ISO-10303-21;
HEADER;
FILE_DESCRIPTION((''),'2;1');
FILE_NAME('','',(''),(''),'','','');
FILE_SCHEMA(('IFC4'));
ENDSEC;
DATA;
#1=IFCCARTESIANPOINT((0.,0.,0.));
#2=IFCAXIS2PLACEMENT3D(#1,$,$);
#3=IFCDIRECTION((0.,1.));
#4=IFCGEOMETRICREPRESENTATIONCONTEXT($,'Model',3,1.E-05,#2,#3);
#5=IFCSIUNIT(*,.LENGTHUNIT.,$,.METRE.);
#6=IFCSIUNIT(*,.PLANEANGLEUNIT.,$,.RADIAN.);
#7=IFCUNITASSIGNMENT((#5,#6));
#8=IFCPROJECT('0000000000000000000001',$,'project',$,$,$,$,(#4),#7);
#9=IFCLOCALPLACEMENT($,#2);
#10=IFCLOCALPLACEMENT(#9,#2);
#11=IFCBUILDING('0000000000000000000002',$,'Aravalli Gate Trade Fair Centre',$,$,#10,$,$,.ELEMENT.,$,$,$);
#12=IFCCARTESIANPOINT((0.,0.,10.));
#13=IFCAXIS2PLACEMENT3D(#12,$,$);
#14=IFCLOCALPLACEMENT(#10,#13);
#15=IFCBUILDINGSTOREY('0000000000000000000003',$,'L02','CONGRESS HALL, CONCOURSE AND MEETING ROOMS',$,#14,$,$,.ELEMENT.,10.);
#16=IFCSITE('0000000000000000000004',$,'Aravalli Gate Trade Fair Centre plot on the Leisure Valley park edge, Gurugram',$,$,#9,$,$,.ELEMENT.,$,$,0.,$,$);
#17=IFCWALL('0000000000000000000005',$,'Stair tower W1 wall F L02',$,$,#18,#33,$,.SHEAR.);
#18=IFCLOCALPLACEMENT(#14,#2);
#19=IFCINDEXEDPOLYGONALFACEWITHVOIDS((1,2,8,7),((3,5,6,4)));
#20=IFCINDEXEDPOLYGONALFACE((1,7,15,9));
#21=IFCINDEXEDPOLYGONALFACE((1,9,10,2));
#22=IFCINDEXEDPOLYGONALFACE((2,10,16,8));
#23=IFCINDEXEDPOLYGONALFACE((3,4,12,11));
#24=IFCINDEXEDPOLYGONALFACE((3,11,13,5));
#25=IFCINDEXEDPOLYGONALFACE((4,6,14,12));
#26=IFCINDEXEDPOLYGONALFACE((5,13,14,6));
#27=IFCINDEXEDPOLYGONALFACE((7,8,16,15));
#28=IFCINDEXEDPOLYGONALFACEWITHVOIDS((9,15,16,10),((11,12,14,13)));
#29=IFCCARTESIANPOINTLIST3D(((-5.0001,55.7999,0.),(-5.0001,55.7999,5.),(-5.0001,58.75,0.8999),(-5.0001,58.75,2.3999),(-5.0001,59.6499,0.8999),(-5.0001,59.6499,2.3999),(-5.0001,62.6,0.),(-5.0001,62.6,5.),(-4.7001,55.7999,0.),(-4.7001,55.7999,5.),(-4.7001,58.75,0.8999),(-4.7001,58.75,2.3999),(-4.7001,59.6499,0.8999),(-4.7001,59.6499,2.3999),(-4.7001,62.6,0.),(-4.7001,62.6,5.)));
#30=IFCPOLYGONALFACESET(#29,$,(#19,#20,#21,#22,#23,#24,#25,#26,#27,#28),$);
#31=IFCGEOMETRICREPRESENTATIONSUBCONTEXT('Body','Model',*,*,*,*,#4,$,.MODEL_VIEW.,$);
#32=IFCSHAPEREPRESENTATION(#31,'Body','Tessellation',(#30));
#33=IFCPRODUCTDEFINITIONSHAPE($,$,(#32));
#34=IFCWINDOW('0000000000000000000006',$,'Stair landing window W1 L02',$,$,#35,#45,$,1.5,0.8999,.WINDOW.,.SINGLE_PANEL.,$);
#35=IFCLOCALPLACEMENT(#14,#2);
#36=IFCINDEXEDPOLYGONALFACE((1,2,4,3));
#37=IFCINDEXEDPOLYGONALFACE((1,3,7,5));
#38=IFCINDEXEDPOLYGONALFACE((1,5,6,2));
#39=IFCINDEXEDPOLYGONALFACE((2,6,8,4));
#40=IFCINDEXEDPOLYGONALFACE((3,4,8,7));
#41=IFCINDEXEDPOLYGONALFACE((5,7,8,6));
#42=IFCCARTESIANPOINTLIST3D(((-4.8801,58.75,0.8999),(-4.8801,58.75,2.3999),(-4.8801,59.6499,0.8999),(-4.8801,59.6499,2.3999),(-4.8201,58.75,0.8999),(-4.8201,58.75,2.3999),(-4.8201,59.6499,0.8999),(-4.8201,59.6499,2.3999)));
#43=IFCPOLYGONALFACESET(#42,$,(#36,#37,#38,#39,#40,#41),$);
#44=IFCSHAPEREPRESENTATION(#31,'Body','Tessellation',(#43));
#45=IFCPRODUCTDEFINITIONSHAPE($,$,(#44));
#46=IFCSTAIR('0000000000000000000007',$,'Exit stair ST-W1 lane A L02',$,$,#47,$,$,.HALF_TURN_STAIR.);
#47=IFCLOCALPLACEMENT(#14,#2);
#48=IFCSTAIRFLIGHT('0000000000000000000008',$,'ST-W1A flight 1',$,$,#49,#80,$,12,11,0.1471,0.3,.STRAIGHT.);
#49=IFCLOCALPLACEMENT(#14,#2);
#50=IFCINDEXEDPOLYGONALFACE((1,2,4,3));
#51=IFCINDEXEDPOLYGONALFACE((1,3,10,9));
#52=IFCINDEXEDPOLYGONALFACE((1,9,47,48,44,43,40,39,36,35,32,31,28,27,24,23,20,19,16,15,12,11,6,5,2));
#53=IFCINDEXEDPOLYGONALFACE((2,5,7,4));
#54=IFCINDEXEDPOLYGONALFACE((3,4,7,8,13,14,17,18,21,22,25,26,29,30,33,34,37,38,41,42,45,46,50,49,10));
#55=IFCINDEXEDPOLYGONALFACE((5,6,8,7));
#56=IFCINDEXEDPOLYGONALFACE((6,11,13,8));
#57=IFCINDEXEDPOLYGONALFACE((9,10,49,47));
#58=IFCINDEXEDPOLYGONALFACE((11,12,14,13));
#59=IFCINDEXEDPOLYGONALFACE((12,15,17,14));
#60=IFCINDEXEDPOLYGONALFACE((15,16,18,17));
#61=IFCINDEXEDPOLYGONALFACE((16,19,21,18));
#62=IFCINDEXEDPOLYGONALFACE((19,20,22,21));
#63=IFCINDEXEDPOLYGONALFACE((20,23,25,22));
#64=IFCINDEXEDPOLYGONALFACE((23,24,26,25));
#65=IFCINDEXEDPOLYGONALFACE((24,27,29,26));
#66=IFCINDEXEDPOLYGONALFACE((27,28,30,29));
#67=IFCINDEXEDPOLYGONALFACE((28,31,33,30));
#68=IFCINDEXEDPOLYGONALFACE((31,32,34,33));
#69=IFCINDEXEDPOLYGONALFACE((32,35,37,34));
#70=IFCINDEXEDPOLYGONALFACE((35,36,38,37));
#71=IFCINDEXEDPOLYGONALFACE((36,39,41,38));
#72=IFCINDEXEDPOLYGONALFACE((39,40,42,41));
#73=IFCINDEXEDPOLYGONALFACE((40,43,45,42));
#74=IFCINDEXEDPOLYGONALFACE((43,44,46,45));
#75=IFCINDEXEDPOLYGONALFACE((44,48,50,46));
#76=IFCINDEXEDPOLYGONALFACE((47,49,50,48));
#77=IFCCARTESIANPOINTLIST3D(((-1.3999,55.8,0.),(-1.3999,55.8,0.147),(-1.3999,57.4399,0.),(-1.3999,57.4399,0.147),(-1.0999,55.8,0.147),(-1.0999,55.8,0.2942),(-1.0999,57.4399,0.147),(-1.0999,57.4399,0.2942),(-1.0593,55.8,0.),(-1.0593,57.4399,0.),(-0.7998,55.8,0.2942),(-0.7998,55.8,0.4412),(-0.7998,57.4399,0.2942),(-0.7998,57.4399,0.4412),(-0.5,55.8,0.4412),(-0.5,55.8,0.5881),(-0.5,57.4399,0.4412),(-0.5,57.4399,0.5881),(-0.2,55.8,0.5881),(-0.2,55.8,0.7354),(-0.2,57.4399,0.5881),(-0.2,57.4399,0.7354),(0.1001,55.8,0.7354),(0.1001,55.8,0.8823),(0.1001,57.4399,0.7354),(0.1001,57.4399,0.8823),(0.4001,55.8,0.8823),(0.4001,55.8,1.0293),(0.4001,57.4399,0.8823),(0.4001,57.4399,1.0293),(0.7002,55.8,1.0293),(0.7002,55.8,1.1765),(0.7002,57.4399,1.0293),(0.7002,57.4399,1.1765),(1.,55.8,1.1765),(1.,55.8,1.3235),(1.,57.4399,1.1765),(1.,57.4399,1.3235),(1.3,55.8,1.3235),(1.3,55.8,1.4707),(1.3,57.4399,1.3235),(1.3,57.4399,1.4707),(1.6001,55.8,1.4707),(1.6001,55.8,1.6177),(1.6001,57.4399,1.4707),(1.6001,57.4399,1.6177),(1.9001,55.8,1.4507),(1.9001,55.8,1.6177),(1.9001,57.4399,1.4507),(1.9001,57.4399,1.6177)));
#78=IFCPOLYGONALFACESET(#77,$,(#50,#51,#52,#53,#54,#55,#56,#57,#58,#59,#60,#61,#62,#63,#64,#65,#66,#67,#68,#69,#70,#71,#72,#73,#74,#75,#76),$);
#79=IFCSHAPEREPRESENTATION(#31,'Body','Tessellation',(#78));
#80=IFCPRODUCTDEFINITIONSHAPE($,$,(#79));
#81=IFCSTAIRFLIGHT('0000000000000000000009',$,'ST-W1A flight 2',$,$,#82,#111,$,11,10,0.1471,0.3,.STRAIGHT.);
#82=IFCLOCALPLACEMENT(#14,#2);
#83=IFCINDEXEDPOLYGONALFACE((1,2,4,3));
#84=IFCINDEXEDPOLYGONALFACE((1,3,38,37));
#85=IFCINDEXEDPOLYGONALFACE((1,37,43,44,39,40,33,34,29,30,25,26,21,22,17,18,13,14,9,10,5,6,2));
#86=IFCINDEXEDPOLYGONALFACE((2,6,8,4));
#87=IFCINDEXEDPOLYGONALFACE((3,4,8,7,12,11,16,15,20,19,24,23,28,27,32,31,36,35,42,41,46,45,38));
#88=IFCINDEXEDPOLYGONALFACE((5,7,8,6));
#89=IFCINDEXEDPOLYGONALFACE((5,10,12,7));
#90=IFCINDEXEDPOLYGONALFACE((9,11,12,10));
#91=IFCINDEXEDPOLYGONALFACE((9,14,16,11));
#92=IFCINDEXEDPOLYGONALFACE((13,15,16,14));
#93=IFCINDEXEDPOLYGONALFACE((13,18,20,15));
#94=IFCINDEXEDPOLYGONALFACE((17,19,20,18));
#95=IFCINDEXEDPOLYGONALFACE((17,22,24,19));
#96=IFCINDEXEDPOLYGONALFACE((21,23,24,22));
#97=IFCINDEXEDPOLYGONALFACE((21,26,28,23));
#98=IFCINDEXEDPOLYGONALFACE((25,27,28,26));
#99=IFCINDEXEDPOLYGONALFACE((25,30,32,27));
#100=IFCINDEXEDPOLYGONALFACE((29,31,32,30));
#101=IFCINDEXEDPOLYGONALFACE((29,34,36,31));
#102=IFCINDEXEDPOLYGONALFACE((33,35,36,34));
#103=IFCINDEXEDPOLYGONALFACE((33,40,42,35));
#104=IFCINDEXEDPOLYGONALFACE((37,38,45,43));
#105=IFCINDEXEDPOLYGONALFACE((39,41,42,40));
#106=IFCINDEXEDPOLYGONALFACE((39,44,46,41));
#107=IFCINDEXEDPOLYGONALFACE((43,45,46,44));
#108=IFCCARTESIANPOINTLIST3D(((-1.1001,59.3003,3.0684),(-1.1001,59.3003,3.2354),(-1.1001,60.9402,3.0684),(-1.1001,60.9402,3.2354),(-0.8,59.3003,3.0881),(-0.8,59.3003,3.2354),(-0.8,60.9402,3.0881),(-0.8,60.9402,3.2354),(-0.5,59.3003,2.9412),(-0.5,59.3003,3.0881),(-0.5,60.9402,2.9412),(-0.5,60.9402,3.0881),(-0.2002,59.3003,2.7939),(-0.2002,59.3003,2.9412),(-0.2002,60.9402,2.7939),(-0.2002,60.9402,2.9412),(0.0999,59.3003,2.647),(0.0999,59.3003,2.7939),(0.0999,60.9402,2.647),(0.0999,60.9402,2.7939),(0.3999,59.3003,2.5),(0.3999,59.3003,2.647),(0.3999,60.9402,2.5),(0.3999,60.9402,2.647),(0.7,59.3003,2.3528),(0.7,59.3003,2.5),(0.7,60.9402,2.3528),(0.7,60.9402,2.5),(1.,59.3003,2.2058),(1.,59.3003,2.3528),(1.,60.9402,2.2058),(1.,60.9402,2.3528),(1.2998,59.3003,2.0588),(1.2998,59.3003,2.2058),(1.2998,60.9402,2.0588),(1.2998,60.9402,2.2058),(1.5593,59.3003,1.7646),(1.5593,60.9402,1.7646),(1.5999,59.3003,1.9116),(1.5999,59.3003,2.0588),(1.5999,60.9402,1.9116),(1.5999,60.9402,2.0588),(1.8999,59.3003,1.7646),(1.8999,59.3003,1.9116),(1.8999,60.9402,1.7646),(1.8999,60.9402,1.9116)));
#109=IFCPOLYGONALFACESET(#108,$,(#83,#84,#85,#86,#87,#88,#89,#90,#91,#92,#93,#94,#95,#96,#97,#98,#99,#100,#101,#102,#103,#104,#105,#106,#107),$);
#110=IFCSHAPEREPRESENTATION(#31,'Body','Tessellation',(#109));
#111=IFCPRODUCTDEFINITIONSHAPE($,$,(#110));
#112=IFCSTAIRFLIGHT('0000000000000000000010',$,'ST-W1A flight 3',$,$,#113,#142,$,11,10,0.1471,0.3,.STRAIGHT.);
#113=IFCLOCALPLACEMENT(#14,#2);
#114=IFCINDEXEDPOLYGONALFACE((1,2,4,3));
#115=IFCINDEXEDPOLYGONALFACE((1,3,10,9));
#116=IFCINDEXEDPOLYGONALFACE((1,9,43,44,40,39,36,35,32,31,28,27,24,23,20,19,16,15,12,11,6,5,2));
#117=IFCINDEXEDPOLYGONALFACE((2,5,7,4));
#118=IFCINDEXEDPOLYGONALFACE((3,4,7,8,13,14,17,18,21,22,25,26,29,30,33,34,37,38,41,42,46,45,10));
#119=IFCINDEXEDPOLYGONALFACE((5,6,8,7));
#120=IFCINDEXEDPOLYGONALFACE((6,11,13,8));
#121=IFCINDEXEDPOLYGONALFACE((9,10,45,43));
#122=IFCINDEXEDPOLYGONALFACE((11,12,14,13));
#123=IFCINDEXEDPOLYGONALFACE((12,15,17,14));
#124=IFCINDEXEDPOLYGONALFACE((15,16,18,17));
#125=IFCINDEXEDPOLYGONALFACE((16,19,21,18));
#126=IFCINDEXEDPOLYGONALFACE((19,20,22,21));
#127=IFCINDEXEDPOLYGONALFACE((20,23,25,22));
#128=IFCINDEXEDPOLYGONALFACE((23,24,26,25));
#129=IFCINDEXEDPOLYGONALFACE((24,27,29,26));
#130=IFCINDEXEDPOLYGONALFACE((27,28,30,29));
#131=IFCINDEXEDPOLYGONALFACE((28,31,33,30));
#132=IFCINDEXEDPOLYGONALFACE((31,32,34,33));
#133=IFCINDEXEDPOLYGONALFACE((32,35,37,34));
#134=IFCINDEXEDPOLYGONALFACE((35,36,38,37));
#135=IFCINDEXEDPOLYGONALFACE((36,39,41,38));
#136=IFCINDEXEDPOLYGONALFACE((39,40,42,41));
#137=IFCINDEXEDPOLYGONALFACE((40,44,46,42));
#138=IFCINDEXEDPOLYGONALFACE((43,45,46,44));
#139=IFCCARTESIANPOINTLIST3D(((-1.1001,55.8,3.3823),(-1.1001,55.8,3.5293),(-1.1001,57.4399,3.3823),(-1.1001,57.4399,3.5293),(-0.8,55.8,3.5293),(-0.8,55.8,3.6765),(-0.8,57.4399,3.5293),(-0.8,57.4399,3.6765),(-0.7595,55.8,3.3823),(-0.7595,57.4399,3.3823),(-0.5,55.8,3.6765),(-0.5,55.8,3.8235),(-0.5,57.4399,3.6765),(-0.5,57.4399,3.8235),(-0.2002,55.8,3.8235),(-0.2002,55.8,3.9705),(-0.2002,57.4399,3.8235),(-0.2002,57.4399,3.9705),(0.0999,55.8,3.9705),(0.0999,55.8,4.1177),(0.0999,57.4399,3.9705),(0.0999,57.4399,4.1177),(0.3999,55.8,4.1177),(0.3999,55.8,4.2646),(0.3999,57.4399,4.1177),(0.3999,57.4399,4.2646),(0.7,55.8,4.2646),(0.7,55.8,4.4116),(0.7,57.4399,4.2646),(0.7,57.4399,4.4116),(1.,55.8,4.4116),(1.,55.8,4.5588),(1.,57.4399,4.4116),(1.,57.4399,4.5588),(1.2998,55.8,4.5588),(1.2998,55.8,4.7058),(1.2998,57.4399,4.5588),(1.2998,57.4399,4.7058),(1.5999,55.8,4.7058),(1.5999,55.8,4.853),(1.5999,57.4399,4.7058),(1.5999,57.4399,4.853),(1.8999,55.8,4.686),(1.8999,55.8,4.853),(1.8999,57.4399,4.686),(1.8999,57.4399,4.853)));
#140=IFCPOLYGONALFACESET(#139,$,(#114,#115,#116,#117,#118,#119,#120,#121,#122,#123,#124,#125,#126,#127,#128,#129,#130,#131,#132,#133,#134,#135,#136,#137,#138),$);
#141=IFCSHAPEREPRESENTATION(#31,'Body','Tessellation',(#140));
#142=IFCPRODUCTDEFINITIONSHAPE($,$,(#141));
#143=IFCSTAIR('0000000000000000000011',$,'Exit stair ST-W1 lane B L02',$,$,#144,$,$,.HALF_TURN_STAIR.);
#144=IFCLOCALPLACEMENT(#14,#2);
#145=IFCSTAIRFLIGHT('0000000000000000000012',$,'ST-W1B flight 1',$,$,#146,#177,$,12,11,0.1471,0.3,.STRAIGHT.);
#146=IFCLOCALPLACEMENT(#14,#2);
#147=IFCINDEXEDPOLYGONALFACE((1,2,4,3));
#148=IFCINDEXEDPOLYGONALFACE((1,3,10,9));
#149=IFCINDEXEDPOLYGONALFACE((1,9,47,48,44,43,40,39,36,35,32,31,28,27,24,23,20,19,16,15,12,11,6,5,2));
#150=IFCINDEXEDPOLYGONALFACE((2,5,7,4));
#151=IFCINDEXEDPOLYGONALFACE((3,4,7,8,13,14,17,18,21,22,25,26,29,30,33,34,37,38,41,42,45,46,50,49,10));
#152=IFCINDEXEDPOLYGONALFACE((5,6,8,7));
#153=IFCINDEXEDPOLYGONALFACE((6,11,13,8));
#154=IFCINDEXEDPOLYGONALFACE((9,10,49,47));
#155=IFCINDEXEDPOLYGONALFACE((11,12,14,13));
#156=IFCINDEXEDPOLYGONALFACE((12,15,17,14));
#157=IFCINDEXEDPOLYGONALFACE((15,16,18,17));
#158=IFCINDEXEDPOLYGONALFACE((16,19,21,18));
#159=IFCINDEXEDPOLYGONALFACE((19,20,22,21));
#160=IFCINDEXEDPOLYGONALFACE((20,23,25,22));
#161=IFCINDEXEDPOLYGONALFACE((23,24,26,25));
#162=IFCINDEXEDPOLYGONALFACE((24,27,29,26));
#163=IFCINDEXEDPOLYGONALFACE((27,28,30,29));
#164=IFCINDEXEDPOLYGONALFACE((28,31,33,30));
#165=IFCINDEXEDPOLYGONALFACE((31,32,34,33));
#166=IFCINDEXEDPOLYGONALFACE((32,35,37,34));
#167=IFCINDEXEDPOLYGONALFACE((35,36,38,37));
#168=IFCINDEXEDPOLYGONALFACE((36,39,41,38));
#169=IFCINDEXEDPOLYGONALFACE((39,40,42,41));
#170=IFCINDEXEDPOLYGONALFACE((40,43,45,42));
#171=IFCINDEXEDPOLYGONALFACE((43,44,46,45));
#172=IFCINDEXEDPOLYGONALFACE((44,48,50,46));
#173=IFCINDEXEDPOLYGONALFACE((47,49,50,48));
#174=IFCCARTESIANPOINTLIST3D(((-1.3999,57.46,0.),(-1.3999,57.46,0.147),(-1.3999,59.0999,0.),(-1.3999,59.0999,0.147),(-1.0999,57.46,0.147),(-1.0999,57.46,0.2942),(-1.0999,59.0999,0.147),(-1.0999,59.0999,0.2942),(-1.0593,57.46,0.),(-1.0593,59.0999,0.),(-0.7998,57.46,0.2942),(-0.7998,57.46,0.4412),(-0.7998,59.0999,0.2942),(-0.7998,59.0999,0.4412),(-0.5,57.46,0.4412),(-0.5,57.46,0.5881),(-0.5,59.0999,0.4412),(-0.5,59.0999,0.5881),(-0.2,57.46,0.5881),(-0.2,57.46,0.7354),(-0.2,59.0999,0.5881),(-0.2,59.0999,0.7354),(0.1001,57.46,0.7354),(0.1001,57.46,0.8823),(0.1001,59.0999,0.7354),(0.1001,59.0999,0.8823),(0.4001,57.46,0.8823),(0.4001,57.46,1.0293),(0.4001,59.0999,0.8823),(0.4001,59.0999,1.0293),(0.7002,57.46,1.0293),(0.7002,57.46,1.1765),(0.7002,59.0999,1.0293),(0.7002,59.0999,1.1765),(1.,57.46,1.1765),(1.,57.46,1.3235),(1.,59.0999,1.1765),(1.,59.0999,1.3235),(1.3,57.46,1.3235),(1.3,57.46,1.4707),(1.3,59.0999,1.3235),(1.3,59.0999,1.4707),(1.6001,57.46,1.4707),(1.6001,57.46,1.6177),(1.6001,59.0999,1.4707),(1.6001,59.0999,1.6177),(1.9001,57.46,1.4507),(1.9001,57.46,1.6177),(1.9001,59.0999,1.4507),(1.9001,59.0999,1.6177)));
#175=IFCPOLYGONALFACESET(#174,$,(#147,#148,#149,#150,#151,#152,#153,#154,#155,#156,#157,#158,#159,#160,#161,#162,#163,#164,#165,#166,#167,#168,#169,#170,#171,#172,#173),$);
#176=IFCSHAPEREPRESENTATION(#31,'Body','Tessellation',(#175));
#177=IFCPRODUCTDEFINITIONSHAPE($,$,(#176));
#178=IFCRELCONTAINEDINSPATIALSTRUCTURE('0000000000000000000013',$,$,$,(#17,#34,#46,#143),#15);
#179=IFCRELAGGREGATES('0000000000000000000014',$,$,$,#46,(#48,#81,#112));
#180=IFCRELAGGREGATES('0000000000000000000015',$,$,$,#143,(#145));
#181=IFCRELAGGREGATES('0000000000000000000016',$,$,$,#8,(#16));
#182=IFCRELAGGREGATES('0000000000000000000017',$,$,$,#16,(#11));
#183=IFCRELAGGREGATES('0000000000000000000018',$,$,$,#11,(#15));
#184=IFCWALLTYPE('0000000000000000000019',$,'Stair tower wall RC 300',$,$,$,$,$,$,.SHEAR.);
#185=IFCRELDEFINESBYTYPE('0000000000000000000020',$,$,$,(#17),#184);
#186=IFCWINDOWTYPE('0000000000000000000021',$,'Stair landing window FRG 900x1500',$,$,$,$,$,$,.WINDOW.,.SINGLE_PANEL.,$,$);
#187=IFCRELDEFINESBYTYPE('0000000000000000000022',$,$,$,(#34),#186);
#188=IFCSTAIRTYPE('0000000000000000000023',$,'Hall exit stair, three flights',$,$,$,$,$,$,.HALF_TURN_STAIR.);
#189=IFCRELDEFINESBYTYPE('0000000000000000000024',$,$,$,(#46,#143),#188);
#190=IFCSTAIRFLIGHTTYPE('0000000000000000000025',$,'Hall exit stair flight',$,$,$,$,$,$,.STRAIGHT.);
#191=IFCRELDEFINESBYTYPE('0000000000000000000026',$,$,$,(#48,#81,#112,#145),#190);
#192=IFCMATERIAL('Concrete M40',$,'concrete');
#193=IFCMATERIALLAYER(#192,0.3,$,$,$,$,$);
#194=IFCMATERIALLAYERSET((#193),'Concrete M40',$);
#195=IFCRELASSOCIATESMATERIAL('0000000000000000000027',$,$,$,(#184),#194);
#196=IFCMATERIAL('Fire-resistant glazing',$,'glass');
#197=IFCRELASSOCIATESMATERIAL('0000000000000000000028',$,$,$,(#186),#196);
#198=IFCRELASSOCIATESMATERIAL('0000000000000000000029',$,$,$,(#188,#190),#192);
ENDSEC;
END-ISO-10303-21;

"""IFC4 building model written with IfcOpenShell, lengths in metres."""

from ifc_helpers import new_model, si_unit, direction, frame, frame_2d, origin, place, context, subcontext, project, spatial, polyline, rectangle, outline, extrude, material, layer, layer_set, type_object, element, fill, aggregate, save


model = new_model("IFC4")

# Units and contexts
model_context = context("Model", 3, precision=1e-05, world=origin(), true_north=direction((0.0, 1.0)))
body_context = subcontext(model_context, "Body", "Model", "MODEL_VIEW")
ifc_project = project(units=[si_unit("LENGTHUNIT", "METRE"), si_unit("PLANEANGLEUNIT", "RADIAN")], contexts=[model_context])

# Site, building, storey
site_placement = place(None, origin())
site = spatial("IfcSite", under=ifc_project, at=site_placement, Name="Aravalli Gate Trade Fair Centre plot on the Leisure Valley park edge, Gurugram", CompositionType="ELEMENT", RefElevation=0.0)
building_placement = place(site_placement, origin())
building = spatial("IfcBuilding", under=site, at=building_placement, Name="Aravalli Gate Trade Fair Centre", CompositionType="ELEMENT")
storey_placement = place(building_placement, frame((0.0, 0.0, 10.0)))
storey = spatial("IfcBuildingStorey", under=building, at=storey_placement, Name="L02", Description="CONGRESS HALL, CONCOURSE AND MEETING ROOMS", CompositionType="ELEMENT", Elevation=10.0)

# Shared definitions
ifc_material_1 = material(Name="Concrete M40", Category="concrete")

# Shared definitions
ifc_layer_1 = layer(ifc_material_1, 0.3)
ifc_layer_set_1 = layer_set([ifc_layer_1], Name="Concrete M40")
wall_type_1 = type_object("IfcWallType", Name="Stair tower wall RC 300", PredefinedType="SHEAR", material=ifc_layer_set_1)

# Wall, opening, window
wall_1_placement = place(storey_placement, frame((-4.8501, 55.8, 0.0), z_axis=(0.0, 0.0, 1.0), x_axis=(0.0, 1.0, 0.0)))
wall_1 = element("IfcWall", 1, at=wall_1_placement, inside=storey, type_object=wall_type_1, Name="Stair tower W1 wall F L02", PredefinedType="SHEAR", context=body_context, shape_type="SweptSolid", body=[
    extrude(rectangle(XDim=6.8, YDim=0.3, at=frame_2d((3.3999, 0.0))), origin(), (0.0, 0.0, 1.0), 5.0),
])
opening_1_placement = place(wall_1_placement, frame((2.95, 0.0, 0.8999)))
opening_1 = element("IfcOpeningElement", 2, at=opening_1_placement, cuts=wall_1, PredefinedType="OPENING", context=body_context, shape_type="SweptSolid", body=[
    extrude(rectangle(XDim=0.8999, YDim=1.5, at=frame_2d((0.45, 0.75))), frame((0.0, 0.1599, 0.0), z_axis=(0.0, -1.0, 0.0), x_axis=(1.0, 0.0, 0.0)), (0.0, 0.0, 1.0), 0.3201),
])
ifc_material_2 = material(Name="Fire-resistant glazing", Category="glass")
window_type = type_object("IfcWindowType", Name="Stair landing window FRG 900x1500", PartitioningType="SINGLE_PANEL", PredefinedType="WINDOW", material=ifc_material_2)
window_placement = place(opening_1_placement, origin())
window = element("IfcWindow", 3, at=window_placement, inside=storey, type_object=window_type, Name="Stair landing window W1 L02", OverallHeight=1.5, OverallWidth=0.8999, PartitioningType="SINGLE_PANEL", PredefinedType="WINDOW", context=body_context, shape_type="SweptSolid", body=[
    extrude(rectangle(XDim=0.8999, YDim=1.5, at=frame_2d((0.45, 0.75))), frame((0.0, 0.03, 0.0), z_axis=(0.0, -1.0, 0.0), x_axis=(1.0, 0.0, 0.0)), (0.0, 0.0, 1.0), 0.0601),
])
fill(opening_1, window)

# Stairs, stair flights
stair_type = type_object("IfcStairType", Name="Hall exit stair, three flights", PredefinedType="HALF_TURN_STAIR", material=ifc_material_1)
stair_1_placement = place(storey_placement, origin())
stair_1 = element("IfcStair", 4, at=stair_1_placement, inside=storey, type_object=stair_type, Name="Exit stair ST-W1 lane A L02", PredefinedType="HALF_TURN_STAIR")
stair_flight_type = type_object("IfcStairFlightType", Name="Hall exit stair flight", PredefinedType="STRAIGHT", material=ifc_material_1)
stair_flight_1_placement = place(storey_placement, frame((-1.3999, 56.6201, 0.0), z_axis=(0.0, 0.0, 1.0), x_axis=(1.0, 0.0, 0.0)))
stair_flight_1 = element("IfcStairFlight", 5, at=stair_flight_1_placement, type_object=stair_flight_type, Name="ST-W1A flight 1", NumberOfRisers=12, NumberOfTreads=11, PredefinedType="STRAIGHT", RiserHeight=0.1471, TreadLength=0.3, context=body_context, shape_type="SweptSolid", body=[
    extrude(outline(polyline([(0.0, 0.0), (0.0, 0.147), (0.3, 0.147), (0.3, 0.2942), (0.6001, 0.2942), (0.6001, 0.4412), (0.8999, 0.4412), (0.8999, 0.5881), (1.2, 0.5881), (1.2, 0.7354), (1.5, 0.7354), (1.5, 0.8823), (1.8, 0.8823), (1.8, 1.0293), (2.1001, 1.0293), (2.1001, 1.1765), (2.3999, 1.1765), (2.3999, 1.3235), (2.7, 1.3235), (2.7, 1.4707), (3.0, 1.4707), (3.0, 1.6177), (3.3, 1.6177), (3.3, 1.7646), (3.3, 1.4507), (0.3406, 0.0), (0.0, 0.0)])), frame((0.0, 0.8198, 0.0), z_axis=(0.0, -1.0, 0.0), x_axis=(1.0, 0.0, 0.0)), (0.0, 0.0, 1.0), 1.6399),
])
stair_flight_2_placement = place(storey_placement, frame((1.8999, 60.1201, 1.7646), z_axis=(0.0, 0.0, 1.0), x_axis=(-1.0, 0.0, 0.0)))
stair_flight_2 = element("IfcStairFlight", 6, at=stair_flight_2_placement, type_object=stair_flight_type, Name="ST-W1A flight 2", NumberOfRisers=11, NumberOfTreads=10, PredefinedType="STRAIGHT", RiserHeight=0.1471, TreadLength=0.3, context=body_context, shape_type="SweptSolid", body=[
    extrude(outline(polyline([(0.0, 0.0), (0.0, 0.147), (0.3, 0.147), (0.3, 0.2942), (0.6001, 0.2942), (0.6001, 0.4412), (0.8999, 0.4412), (0.8999, 0.5881), (1.2, 0.5881), (1.2, 0.7354), (1.5, 0.7354), (1.5, 0.8823), (1.8, 0.8823), (1.8, 1.0293), (2.1001, 1.0293), (2.1001, 1.1765), (2.3999, 1.1765), (2.3999, 1.3235), (2.7, 1.3235), (2.7, 1.4707), (3.0, 1.4707), (3.0, 1.6177), (3.0, 1.3037), (0.3406, 0.0), (0.0, 0.0)])), frame((0.0, 0.8198, 0.0), z_axis=(0.0, -1.0, 0.0), x_axis=(1.0, 0.0, 0.0)), (0.0, 0.0, 1.0), 1.6399),
])
stair_flight_3_placement = place(storey_placement, frame((-1.1001, 56.6201, 3.3823), z_axis=(0.0, 0.0, 1.0), x_axis=(1.0, 0.0, 0.0)))
stair_flight_3 = element("IfcStairFlight", 7, at=stair_flight_3_placement, type_object=stair_flight_type, Name="ST-W1A flight 3", NumberOfRisers=11, NumberOfTreads=10, PredefinedType="STRAIGHT", RiserHeight=0.1471, TreadLength=0.3, context=body_context, shape_type="SweptSolid", body=[
    extrude(outline(polyline([(0.0, 0.0), (0.0, 0.147), (0.3, 0.147), (0.3, 0.2942), (0.6001, 0.2942), (0.6001, 0.4412), (0.8999, 0.4412), (0.8999, 0.5881), (1.2, 0.5881), (1.2, 0.7354), (1.5, 0.7354), (1.5, 0.8823), (1.8, 0.8823), (1.8, 1.0293), (2.1001, 1.0293), (2.1001, 1.1765), (2.3999, 1.1765), (2.3999, 1.3235), (2.7, 1.3235), (2.7, 1.4707), (3.0, 1.4707), (3.0, 1.6177), (3.0, 1.3037), (0.3406, 0.0), (0.0, 0.0)])), frame((0.0, 0.8198, 0.0), z_axis=(0.0, -1.0, 0.0), x_axis=(1.0, 0.0, 0.0)), (0.0, 0.0, 1.0), 1.6399),
])
aggregate(stair_1, [stair_flight_1, stair_flight_2, stair_flight_3])
stair_2_placement = place(storey_placement, origin())
stair_2 = element("IfcStair", 8, at=stair_2_placement, inside=storey, type_object=stair_type, Name="Exit stair ST-W1 lane B L02", PredefinedType="HALF_TURN_STAIR")
stair_flight_4_placement = place(storey_placement, frame((-1.3999, 58.28, 0.0), z_axis=(0.0, 0.0, 1.0), x_axis=(1.0, 0.0, 0.0)))
stair_flight_4 = element("IfcStairFlight", 9, at=stair_flight_4_placement, type_object=stair_flight_type, Name="ST-W1B flight 1", NumberOfRisers=12, NumberOfTreads=11, PredefinedType="STRAIGHT", RiserHeight=0.1471, TreadLength=0.3, context=body_context, shape_type="SweptSolid", body=[
    extrude(outline(polyline([(0.0, 0.0), (0.0, 0.147), (0.3, 0.147), (0.3, 0.2942), (0.6001, 0.2942), (0.6001, 0.4412), (0.8999, 0.4412), (0.8999, 0.5881), (1.2, 0.5881), (1.2, 0.7354), (1.5, 0.7354), (1.5, 0.8823), (1.8, 0.8823), (1.8, 1.0293), (2.1001, 1.0293), (2.1001, 1.1765), (2.3999, 1.1765), (2.3999, 1.3235), (2.7, 1.3235), (2.7, 1.4707), (3.0, 1.4707), (3.0, 1.6177), (3.3, 1.6177), (3.3, 1.7646), (3.3, 1.4507), (0.3406, 0.0), (0.0, 0.0)])), frame((0.0, 0.8198, 0.0), z_axis=(0.0, -1.0, 0.0), x_axis=(1.0, 0.0, 0.0)), (0.0, 0.0, 1.0), 1.6399),
])
aggregate(stair_2, [stair_flight_4])

save(model, "model.ifc")
